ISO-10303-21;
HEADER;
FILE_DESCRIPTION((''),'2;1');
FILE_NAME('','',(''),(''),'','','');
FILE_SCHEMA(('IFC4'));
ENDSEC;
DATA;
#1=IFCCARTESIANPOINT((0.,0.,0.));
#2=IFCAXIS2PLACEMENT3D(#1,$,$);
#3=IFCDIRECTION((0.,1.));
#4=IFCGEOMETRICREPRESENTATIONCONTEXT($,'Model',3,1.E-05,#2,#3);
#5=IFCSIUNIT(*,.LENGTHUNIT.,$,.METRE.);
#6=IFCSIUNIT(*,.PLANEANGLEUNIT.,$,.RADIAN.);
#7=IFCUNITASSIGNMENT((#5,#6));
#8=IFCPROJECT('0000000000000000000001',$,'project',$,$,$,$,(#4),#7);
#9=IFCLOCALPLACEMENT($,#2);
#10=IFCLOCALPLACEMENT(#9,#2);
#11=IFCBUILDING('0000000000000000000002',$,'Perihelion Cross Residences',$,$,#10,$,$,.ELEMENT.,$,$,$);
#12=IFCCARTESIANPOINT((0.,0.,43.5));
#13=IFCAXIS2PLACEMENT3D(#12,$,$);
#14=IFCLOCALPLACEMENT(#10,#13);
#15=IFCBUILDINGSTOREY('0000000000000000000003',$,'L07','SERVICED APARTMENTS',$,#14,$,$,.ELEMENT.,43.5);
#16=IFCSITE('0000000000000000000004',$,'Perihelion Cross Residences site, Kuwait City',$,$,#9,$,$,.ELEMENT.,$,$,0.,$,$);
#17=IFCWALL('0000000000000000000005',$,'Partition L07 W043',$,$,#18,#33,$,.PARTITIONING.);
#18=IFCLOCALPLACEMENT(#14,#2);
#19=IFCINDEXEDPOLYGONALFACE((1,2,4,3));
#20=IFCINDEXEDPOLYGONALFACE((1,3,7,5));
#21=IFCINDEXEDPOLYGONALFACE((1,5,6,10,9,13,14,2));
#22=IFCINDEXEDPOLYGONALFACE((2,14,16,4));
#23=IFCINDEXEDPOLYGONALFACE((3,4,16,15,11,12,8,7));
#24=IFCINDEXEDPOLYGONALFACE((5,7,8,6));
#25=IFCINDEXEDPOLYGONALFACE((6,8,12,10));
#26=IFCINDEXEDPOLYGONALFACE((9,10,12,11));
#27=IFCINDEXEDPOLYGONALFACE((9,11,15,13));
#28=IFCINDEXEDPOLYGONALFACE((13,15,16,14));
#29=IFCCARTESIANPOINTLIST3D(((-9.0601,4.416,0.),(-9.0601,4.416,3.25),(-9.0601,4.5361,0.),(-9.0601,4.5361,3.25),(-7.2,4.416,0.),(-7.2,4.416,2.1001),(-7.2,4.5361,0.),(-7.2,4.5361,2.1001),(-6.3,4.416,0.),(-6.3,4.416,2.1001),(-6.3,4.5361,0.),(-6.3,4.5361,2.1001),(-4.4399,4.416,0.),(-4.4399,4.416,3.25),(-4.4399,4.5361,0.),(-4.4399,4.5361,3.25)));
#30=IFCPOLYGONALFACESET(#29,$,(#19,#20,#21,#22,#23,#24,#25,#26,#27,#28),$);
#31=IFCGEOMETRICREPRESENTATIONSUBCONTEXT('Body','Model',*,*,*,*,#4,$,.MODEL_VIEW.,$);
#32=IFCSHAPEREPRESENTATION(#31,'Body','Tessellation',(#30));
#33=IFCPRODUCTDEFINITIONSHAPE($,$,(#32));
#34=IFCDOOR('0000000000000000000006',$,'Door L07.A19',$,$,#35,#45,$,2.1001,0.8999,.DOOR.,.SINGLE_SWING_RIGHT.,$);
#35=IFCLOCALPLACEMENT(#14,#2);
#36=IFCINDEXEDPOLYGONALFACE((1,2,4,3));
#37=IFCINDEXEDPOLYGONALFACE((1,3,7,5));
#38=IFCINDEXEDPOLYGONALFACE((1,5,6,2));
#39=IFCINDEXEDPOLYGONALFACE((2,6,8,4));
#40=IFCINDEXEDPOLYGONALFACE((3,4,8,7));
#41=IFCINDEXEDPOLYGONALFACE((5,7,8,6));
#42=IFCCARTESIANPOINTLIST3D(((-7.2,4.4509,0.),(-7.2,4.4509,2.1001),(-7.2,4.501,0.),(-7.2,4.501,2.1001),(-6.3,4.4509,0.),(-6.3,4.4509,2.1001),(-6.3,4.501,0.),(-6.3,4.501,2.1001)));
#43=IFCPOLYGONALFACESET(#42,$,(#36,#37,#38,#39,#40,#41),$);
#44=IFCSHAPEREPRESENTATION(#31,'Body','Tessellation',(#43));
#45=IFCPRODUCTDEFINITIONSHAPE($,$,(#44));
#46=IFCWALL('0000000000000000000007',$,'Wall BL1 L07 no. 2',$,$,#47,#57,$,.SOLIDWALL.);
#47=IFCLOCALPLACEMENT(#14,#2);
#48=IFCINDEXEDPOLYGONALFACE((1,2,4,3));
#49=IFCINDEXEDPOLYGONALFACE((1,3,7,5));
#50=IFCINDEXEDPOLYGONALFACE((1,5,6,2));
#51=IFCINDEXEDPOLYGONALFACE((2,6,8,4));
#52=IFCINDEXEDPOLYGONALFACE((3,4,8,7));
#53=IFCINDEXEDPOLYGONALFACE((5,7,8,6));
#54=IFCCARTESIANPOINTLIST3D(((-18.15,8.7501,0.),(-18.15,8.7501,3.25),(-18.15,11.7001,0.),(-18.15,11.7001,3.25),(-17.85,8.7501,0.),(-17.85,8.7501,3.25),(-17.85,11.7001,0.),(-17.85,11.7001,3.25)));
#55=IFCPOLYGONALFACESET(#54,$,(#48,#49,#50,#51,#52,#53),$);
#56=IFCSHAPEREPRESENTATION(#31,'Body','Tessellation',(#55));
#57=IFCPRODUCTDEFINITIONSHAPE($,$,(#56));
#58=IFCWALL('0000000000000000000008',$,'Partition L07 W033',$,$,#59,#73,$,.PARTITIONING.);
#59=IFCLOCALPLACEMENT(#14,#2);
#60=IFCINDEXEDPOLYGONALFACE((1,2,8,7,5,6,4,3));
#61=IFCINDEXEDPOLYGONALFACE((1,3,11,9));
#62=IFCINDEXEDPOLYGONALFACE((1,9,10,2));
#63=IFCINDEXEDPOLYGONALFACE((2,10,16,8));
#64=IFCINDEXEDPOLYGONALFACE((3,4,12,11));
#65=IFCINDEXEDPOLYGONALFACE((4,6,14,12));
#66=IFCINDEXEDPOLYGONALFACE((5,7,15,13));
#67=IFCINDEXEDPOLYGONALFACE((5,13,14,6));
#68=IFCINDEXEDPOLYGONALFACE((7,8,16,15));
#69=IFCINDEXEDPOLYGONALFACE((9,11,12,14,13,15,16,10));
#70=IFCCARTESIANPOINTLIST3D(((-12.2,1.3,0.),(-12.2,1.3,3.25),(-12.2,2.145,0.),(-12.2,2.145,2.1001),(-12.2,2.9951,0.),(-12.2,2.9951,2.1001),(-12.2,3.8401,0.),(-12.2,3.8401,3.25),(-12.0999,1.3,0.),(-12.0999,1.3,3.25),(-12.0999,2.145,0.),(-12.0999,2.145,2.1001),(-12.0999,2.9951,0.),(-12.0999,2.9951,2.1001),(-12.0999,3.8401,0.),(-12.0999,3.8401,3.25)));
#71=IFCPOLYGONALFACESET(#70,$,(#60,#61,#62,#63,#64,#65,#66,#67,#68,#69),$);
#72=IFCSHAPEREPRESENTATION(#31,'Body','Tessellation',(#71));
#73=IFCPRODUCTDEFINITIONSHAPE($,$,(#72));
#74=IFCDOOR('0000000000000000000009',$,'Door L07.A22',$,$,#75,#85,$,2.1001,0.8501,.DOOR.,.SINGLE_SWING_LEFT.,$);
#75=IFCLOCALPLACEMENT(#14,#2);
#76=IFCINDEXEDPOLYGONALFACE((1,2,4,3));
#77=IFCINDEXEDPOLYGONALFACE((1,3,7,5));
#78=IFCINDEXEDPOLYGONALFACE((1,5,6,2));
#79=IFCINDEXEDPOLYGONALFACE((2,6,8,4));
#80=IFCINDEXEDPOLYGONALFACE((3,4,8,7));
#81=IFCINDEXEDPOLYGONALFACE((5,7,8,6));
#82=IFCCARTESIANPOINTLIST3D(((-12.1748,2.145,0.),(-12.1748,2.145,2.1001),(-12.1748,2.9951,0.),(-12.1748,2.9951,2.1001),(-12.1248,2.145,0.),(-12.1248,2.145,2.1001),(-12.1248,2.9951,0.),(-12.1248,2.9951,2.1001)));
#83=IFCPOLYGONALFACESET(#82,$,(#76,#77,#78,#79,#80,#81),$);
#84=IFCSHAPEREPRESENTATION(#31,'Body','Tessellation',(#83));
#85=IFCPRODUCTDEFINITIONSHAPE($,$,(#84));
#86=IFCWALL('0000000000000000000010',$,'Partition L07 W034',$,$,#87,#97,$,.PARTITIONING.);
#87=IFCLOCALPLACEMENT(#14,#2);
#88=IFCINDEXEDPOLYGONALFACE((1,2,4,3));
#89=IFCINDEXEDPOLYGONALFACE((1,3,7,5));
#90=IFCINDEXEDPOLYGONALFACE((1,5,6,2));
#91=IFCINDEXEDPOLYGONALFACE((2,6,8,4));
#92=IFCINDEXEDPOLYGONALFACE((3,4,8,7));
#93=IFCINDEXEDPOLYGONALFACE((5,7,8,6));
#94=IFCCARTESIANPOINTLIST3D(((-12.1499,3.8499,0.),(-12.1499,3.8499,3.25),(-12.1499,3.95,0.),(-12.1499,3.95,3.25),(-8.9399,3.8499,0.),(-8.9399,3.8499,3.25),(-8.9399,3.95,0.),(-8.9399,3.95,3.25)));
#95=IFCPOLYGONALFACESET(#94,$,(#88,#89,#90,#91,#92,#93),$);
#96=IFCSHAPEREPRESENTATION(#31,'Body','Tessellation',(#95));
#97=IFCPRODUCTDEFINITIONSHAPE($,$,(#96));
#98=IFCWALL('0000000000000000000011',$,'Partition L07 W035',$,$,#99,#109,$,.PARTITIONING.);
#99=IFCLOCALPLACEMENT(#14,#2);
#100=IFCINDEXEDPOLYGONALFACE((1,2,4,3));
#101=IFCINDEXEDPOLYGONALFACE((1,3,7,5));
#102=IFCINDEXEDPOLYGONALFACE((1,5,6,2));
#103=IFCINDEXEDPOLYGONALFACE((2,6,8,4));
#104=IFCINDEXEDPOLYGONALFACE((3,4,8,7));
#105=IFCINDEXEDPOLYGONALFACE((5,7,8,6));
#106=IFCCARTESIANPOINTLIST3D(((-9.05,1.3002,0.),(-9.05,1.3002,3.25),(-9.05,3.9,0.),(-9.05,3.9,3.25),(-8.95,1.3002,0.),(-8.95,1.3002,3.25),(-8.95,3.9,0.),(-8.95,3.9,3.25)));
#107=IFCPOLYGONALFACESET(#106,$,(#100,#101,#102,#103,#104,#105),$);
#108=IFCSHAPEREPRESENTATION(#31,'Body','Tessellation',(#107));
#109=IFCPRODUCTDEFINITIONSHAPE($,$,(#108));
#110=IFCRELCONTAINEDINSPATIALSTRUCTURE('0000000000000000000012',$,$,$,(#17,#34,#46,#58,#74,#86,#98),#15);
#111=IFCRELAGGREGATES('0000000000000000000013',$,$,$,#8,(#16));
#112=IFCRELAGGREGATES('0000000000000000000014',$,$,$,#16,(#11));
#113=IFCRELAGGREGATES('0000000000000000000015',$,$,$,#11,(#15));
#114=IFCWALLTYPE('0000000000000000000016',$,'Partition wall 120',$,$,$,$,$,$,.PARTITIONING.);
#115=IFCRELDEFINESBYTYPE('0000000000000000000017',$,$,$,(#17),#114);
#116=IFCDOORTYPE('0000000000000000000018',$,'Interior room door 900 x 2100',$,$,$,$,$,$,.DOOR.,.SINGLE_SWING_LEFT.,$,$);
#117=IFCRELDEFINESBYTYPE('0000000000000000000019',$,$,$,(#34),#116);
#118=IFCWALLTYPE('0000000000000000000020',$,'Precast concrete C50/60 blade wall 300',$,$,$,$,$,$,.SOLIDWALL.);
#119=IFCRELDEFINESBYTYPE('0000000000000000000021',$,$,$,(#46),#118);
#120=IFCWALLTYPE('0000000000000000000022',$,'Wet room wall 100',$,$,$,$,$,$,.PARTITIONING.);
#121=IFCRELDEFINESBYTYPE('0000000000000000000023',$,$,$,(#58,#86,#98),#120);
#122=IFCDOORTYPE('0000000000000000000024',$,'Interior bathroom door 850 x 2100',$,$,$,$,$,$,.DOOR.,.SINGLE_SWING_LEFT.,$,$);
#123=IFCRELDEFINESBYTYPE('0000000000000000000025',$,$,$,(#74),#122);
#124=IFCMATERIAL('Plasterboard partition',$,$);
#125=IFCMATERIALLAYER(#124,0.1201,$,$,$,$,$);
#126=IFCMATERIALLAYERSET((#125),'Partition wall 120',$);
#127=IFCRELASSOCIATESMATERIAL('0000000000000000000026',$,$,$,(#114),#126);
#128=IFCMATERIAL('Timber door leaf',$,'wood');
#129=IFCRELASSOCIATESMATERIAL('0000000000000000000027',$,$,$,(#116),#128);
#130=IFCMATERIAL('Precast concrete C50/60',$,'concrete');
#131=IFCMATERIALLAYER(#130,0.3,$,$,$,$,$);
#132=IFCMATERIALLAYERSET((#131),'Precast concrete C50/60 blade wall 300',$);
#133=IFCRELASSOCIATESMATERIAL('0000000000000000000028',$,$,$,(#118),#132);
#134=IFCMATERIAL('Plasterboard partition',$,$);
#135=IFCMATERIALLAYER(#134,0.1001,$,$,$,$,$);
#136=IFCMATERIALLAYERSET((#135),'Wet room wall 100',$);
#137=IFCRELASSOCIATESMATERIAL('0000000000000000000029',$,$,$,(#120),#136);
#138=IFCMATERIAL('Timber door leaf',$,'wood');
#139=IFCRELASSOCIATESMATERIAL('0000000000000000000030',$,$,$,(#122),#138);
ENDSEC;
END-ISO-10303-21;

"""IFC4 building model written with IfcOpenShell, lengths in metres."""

from ifc_helpers import new_model, si_unit, direction, frame, frame_2d, origin, place, context, subcontext, project, spatial, rectangle, extrude, material, layer, layer_set, type_object, element, fill, save


model = new_model("IFC4")

# Units and contexts
model_context = context("Model", 3, precision=1e-05, world=origin(), true_north=direction((0.0, 1.0)))
body_context = subcontext(model_context, "Body", "Model", "MODEL_VIEW")
ifc_project = project(units=[si_unit("LENGTHUNIT", "METRE"), si_unit("PLANEANGLEUNIT", "RADIAN")], contexts=[model_context])

# Site, building, storey
site_placement = place(None, origin())
site = spatial("IfcSite", under=ifc_project, at=site_placement, Name="Perihelion Cross Residences site, Kuwait City", CompositionType="ELEMENT", RefElevation=0.0)
building_placement = place(site_placement, origin())
building = spatial("IfcBuilding", under=site, at=building_placement, Name="Perihelion Cross Residences", CompositionType="ELEMENT")
storey_placement = place(building_placement, frame((0.0, 0.0, 43.5)))
storey = spatial("IfcBuildingStorey", under=building, at=storey_placement, Name="L07", Description="SERVICED APARTMENTS", CompositionType="ELEMENT", Elevation=43.5)

# Shared definitions
ifc_material_1 = material(Name="Plasterboard partition")
ifc_layer_1 = layer(ifc_material_1, 0.1201)
ifc_layer_set_1 = layer_set([ifc_layer_1], Name="Partition wall 120")
wall_type_1 = type_object("IfcWallType", Name="Partition wall 120", PredefinedType="PARTITIONING", material=ifc_layer_set_1)
ifc_material_2 = material(Name="Timber door leaf", Category="wood")
door_type_1 = type_object("IfcDoorType", Name="Interior room door 900 x 2100", OperationType="SINGLE_SWING_LEFT", PredefinedType="DOOR", material=ifc_material_2)

# Wall, opening, door
wall_1_placement = place(storey_placement, frame((-9.0601, 4.4761, 0.0), z_axis=(0.0, 0.0, 1.0), x_axis=(1.0, 0.0, 0.0)))
wall_1 = element("IfcWall", 1, at=wall_1_placement, inside=storey, type_object=wall_type_1, Name="Partition L07 W043", PredefinedType="PARTITIONING", context=body_context, shape_type="SweptSolid", body=[
    extrude(rectangle(XDim=4.6201, YDim=0.1201, at=frame_2d((2.3101, 0.0))), origin(), (0.0, 0.0, 1.0), 3.25),
])
opening_1_placement = place(wall_1_placement, frame((1.8601, 0.0, 0.0)))
opening_1 = element("IfcOpeningElement", 2, at=opening_1_placement, cuts=wall_1, PredefinedType="OPENING", context=body_context, shape_type="SweptSolid", body=[
    extrude(rectangle(XDim=0.8999, YDim=2.1001, at=frame_2d((0.45, 1.05))), frame((0.0, 0.0701, 0.0), z_axis=(0.0, -1.0, 0.0), x_axis=(1.0, 0.0, 0.0)), (0.0, 0.0, 1.0), 0.1401),
])
door_1_placement = place(opening_1_placement, origin())
door_1 = element("IfcDoor", 3, at=door_1_placement, inside=storey, type_object=door_type_1, Name="Door L07.A19", OperationType="SINGLE_SWING_RIGHT", OverallHeight=2.1001, OverallWidth=0.8999, PredefinedType="DOOR", context=body_context, shape_type="SweptSolid", body=[
    extrude(rectangle(XDim=0.8999, YDim=2.1001, at=frame_2d((0.45, 1.05))), frame((0.0, 0.0249, 0.0), z_axis=(0.0, -1.0, 0.0), x_axis=(1.0, 0.0, 0.0)), (0.0, 0.0, 1.0), 0.05),
])
fill(opening_1, door_1)

# Wall
ifc_material_3 = material(Name="Precast concrete C50/60", Category="concrete")
ifc_layer_2 = layer(ifc_material_3, 0.3)
ifc_layer_set_2 = layer_set([ifc_layer_2], Name="Precast concrete C50/60 blade wall 300")
wall_type_2 = type_object("IfcWallType", Name="Precast concrete C50/60 blade wall 300", PredefinedType="SOLIDWALL", material=ifc_layer_set_2)
wall_2_placement = place(storey_placement, frame((-18.0, 8.75, 0.0), z_axis=(0.0, 0.0, 1.0), x_axis=(0.0, 1.0, 0.0)))
element("IfcWall", 4, at=wall_2_placement, inside=storey, type_object=wall_type_2, Name="Wall BL1 L07 no. 2", PredefinedType="SOLIDWALL", context=body_context, shape_type="SweptSolid", body=[
    extrude(rectangle(XDim=2.95, YDim=0.3, at=frame_2d((1.4751, 0.0))), origin(), (0.0, 0.0, 1.0), 3.25),
])

# Wall, opening, door
ifc_material_4 = material(Name="Plasterboard partition")
ifc_layer_3 = layer(ifc_material_4, 0.1001)
ifc_layer_set_3 = layer_set([ifc_layer_3], Name="Wet room wall 100")
wall_type_3 = type_object("IfcWallType", Name="Wet room wall 100", PredefinedType="PARTITIONING", material=ifc_layer_set_3)
wall_3_placement = place(storey_placement, frame((-12.1499, 1.3, 0.0), z_axis=(0.0, 0.0, 1.0), x_axis=(0.0, 1.0, 0.0)))
wall_3 = element("IfcWall", 5, at=wall_3_placement, inside=storey, type_object=wall_type_3, Name="Partition L07 W033", PredefinedType="PARTITIONING", context=body_context, shape_type="SweptSolid", body=[
    extrude(rectangle(XDim=2.54, YDim=0.1001, at=frame_2d((1.27, 0.0))), origin(), (0.0, 0.0, 1.0), 3.25),
])
opening_2_placement = place(wall_3_placement, frame((0.845, 0.0, 0.0)))
opening_2 = element("IfcOpeningElement", 6, at=opening_2_placement, cuts=wall_3, PredefinedType="OPENING", context=body_context, shape_type="SweptSolid", body=[
    extrude(rectangle(XDim=0.8501, YDim=2.1001, at=frame_2d((0.425, 1.05))), frame((0.0, 0.0601, 0.0), z_axis=(0.0, -1.0, 0.0), x_axis=(1.0, 0.0, 0.0)), (0.0, 0.0, 1.0), 0.1201),
])
ifc_material_5 = material(Name="Timber door leaf", Category="wood")
door_type_2 = type_object("IfcDoorType", Name="Interior bathroom door 850 x 2100", OperationType="SINGLE_SWING_LEFT", PredefinedType="DOOR", material=ifc_material_5)
door_2_placement = place(opening_2_placement, origin())
door_2 = element("IfcDoor", 7, at=door_2_placement, inside=storey, type_object=door_type_2, Name="Door L07.A22", OperationType="SINGLE_SWING_LEFT", OverallHeight=2.1001, OverallWidth=0.8501, PredefinedType="DOOR", context=body_context, shape_type="SweptSolid", body=[
    extrude(rectangle(XDim=0.8501, YDim=2.1001, at=frame_2d((0.425, 1.05))), frame((0.0, 0.0249, 0.0), z_axis=(0.0, -1.0, 0.0), x_axis=(1.0, 0.0, 0.0)), (0.0, 0.0, 1.0), 0.05),
])
fill(opening_2, door_2)

# Walls
wall_4_placement = place(storey_placement, frame((-12.1499, 3.8999, 0.0), z_axis=(0.0, 0.0, 1.0), x_axis=(1.0, 0.0, 0.0)))
element("IfcWall", 8, at=wall_4_placement, inside=storey, type_object=wall_type_3, Name="Partition L07 W034", PredefinedType="PARTITIONING", context=body_context, shape_type="SweptSolid", body=[
    extrude(rectangle(XDim=3.21, YDim=0.1001, at=frame_2d((1.605, 0.0))), origin(), (0.0, 0.0, 1.0), 3.25),
])
wall_5_placement = place(storey_placement, frame((-9.0, 3.8999, 0.0), z_axis=(0.0, 0.0, 1.0), x_axis=(0.0, -1.0, 0.0)))
element("IfcWall", 9, at=wall_5_placement, inside=storey, type_object=wall_type_3, Name="Partition L07 W035", PredefinedType="PARTITIONING", context=body_context, shape_type="SweptSolid", body=[
    extrude(rectangle(XDim=2.5999, YDim=0.1001, at=frame_2d((1.2998, 0.0))), origin(), (0.0, 0.0, 1.0), 3.25),
])

save(model, "model.ifc")
